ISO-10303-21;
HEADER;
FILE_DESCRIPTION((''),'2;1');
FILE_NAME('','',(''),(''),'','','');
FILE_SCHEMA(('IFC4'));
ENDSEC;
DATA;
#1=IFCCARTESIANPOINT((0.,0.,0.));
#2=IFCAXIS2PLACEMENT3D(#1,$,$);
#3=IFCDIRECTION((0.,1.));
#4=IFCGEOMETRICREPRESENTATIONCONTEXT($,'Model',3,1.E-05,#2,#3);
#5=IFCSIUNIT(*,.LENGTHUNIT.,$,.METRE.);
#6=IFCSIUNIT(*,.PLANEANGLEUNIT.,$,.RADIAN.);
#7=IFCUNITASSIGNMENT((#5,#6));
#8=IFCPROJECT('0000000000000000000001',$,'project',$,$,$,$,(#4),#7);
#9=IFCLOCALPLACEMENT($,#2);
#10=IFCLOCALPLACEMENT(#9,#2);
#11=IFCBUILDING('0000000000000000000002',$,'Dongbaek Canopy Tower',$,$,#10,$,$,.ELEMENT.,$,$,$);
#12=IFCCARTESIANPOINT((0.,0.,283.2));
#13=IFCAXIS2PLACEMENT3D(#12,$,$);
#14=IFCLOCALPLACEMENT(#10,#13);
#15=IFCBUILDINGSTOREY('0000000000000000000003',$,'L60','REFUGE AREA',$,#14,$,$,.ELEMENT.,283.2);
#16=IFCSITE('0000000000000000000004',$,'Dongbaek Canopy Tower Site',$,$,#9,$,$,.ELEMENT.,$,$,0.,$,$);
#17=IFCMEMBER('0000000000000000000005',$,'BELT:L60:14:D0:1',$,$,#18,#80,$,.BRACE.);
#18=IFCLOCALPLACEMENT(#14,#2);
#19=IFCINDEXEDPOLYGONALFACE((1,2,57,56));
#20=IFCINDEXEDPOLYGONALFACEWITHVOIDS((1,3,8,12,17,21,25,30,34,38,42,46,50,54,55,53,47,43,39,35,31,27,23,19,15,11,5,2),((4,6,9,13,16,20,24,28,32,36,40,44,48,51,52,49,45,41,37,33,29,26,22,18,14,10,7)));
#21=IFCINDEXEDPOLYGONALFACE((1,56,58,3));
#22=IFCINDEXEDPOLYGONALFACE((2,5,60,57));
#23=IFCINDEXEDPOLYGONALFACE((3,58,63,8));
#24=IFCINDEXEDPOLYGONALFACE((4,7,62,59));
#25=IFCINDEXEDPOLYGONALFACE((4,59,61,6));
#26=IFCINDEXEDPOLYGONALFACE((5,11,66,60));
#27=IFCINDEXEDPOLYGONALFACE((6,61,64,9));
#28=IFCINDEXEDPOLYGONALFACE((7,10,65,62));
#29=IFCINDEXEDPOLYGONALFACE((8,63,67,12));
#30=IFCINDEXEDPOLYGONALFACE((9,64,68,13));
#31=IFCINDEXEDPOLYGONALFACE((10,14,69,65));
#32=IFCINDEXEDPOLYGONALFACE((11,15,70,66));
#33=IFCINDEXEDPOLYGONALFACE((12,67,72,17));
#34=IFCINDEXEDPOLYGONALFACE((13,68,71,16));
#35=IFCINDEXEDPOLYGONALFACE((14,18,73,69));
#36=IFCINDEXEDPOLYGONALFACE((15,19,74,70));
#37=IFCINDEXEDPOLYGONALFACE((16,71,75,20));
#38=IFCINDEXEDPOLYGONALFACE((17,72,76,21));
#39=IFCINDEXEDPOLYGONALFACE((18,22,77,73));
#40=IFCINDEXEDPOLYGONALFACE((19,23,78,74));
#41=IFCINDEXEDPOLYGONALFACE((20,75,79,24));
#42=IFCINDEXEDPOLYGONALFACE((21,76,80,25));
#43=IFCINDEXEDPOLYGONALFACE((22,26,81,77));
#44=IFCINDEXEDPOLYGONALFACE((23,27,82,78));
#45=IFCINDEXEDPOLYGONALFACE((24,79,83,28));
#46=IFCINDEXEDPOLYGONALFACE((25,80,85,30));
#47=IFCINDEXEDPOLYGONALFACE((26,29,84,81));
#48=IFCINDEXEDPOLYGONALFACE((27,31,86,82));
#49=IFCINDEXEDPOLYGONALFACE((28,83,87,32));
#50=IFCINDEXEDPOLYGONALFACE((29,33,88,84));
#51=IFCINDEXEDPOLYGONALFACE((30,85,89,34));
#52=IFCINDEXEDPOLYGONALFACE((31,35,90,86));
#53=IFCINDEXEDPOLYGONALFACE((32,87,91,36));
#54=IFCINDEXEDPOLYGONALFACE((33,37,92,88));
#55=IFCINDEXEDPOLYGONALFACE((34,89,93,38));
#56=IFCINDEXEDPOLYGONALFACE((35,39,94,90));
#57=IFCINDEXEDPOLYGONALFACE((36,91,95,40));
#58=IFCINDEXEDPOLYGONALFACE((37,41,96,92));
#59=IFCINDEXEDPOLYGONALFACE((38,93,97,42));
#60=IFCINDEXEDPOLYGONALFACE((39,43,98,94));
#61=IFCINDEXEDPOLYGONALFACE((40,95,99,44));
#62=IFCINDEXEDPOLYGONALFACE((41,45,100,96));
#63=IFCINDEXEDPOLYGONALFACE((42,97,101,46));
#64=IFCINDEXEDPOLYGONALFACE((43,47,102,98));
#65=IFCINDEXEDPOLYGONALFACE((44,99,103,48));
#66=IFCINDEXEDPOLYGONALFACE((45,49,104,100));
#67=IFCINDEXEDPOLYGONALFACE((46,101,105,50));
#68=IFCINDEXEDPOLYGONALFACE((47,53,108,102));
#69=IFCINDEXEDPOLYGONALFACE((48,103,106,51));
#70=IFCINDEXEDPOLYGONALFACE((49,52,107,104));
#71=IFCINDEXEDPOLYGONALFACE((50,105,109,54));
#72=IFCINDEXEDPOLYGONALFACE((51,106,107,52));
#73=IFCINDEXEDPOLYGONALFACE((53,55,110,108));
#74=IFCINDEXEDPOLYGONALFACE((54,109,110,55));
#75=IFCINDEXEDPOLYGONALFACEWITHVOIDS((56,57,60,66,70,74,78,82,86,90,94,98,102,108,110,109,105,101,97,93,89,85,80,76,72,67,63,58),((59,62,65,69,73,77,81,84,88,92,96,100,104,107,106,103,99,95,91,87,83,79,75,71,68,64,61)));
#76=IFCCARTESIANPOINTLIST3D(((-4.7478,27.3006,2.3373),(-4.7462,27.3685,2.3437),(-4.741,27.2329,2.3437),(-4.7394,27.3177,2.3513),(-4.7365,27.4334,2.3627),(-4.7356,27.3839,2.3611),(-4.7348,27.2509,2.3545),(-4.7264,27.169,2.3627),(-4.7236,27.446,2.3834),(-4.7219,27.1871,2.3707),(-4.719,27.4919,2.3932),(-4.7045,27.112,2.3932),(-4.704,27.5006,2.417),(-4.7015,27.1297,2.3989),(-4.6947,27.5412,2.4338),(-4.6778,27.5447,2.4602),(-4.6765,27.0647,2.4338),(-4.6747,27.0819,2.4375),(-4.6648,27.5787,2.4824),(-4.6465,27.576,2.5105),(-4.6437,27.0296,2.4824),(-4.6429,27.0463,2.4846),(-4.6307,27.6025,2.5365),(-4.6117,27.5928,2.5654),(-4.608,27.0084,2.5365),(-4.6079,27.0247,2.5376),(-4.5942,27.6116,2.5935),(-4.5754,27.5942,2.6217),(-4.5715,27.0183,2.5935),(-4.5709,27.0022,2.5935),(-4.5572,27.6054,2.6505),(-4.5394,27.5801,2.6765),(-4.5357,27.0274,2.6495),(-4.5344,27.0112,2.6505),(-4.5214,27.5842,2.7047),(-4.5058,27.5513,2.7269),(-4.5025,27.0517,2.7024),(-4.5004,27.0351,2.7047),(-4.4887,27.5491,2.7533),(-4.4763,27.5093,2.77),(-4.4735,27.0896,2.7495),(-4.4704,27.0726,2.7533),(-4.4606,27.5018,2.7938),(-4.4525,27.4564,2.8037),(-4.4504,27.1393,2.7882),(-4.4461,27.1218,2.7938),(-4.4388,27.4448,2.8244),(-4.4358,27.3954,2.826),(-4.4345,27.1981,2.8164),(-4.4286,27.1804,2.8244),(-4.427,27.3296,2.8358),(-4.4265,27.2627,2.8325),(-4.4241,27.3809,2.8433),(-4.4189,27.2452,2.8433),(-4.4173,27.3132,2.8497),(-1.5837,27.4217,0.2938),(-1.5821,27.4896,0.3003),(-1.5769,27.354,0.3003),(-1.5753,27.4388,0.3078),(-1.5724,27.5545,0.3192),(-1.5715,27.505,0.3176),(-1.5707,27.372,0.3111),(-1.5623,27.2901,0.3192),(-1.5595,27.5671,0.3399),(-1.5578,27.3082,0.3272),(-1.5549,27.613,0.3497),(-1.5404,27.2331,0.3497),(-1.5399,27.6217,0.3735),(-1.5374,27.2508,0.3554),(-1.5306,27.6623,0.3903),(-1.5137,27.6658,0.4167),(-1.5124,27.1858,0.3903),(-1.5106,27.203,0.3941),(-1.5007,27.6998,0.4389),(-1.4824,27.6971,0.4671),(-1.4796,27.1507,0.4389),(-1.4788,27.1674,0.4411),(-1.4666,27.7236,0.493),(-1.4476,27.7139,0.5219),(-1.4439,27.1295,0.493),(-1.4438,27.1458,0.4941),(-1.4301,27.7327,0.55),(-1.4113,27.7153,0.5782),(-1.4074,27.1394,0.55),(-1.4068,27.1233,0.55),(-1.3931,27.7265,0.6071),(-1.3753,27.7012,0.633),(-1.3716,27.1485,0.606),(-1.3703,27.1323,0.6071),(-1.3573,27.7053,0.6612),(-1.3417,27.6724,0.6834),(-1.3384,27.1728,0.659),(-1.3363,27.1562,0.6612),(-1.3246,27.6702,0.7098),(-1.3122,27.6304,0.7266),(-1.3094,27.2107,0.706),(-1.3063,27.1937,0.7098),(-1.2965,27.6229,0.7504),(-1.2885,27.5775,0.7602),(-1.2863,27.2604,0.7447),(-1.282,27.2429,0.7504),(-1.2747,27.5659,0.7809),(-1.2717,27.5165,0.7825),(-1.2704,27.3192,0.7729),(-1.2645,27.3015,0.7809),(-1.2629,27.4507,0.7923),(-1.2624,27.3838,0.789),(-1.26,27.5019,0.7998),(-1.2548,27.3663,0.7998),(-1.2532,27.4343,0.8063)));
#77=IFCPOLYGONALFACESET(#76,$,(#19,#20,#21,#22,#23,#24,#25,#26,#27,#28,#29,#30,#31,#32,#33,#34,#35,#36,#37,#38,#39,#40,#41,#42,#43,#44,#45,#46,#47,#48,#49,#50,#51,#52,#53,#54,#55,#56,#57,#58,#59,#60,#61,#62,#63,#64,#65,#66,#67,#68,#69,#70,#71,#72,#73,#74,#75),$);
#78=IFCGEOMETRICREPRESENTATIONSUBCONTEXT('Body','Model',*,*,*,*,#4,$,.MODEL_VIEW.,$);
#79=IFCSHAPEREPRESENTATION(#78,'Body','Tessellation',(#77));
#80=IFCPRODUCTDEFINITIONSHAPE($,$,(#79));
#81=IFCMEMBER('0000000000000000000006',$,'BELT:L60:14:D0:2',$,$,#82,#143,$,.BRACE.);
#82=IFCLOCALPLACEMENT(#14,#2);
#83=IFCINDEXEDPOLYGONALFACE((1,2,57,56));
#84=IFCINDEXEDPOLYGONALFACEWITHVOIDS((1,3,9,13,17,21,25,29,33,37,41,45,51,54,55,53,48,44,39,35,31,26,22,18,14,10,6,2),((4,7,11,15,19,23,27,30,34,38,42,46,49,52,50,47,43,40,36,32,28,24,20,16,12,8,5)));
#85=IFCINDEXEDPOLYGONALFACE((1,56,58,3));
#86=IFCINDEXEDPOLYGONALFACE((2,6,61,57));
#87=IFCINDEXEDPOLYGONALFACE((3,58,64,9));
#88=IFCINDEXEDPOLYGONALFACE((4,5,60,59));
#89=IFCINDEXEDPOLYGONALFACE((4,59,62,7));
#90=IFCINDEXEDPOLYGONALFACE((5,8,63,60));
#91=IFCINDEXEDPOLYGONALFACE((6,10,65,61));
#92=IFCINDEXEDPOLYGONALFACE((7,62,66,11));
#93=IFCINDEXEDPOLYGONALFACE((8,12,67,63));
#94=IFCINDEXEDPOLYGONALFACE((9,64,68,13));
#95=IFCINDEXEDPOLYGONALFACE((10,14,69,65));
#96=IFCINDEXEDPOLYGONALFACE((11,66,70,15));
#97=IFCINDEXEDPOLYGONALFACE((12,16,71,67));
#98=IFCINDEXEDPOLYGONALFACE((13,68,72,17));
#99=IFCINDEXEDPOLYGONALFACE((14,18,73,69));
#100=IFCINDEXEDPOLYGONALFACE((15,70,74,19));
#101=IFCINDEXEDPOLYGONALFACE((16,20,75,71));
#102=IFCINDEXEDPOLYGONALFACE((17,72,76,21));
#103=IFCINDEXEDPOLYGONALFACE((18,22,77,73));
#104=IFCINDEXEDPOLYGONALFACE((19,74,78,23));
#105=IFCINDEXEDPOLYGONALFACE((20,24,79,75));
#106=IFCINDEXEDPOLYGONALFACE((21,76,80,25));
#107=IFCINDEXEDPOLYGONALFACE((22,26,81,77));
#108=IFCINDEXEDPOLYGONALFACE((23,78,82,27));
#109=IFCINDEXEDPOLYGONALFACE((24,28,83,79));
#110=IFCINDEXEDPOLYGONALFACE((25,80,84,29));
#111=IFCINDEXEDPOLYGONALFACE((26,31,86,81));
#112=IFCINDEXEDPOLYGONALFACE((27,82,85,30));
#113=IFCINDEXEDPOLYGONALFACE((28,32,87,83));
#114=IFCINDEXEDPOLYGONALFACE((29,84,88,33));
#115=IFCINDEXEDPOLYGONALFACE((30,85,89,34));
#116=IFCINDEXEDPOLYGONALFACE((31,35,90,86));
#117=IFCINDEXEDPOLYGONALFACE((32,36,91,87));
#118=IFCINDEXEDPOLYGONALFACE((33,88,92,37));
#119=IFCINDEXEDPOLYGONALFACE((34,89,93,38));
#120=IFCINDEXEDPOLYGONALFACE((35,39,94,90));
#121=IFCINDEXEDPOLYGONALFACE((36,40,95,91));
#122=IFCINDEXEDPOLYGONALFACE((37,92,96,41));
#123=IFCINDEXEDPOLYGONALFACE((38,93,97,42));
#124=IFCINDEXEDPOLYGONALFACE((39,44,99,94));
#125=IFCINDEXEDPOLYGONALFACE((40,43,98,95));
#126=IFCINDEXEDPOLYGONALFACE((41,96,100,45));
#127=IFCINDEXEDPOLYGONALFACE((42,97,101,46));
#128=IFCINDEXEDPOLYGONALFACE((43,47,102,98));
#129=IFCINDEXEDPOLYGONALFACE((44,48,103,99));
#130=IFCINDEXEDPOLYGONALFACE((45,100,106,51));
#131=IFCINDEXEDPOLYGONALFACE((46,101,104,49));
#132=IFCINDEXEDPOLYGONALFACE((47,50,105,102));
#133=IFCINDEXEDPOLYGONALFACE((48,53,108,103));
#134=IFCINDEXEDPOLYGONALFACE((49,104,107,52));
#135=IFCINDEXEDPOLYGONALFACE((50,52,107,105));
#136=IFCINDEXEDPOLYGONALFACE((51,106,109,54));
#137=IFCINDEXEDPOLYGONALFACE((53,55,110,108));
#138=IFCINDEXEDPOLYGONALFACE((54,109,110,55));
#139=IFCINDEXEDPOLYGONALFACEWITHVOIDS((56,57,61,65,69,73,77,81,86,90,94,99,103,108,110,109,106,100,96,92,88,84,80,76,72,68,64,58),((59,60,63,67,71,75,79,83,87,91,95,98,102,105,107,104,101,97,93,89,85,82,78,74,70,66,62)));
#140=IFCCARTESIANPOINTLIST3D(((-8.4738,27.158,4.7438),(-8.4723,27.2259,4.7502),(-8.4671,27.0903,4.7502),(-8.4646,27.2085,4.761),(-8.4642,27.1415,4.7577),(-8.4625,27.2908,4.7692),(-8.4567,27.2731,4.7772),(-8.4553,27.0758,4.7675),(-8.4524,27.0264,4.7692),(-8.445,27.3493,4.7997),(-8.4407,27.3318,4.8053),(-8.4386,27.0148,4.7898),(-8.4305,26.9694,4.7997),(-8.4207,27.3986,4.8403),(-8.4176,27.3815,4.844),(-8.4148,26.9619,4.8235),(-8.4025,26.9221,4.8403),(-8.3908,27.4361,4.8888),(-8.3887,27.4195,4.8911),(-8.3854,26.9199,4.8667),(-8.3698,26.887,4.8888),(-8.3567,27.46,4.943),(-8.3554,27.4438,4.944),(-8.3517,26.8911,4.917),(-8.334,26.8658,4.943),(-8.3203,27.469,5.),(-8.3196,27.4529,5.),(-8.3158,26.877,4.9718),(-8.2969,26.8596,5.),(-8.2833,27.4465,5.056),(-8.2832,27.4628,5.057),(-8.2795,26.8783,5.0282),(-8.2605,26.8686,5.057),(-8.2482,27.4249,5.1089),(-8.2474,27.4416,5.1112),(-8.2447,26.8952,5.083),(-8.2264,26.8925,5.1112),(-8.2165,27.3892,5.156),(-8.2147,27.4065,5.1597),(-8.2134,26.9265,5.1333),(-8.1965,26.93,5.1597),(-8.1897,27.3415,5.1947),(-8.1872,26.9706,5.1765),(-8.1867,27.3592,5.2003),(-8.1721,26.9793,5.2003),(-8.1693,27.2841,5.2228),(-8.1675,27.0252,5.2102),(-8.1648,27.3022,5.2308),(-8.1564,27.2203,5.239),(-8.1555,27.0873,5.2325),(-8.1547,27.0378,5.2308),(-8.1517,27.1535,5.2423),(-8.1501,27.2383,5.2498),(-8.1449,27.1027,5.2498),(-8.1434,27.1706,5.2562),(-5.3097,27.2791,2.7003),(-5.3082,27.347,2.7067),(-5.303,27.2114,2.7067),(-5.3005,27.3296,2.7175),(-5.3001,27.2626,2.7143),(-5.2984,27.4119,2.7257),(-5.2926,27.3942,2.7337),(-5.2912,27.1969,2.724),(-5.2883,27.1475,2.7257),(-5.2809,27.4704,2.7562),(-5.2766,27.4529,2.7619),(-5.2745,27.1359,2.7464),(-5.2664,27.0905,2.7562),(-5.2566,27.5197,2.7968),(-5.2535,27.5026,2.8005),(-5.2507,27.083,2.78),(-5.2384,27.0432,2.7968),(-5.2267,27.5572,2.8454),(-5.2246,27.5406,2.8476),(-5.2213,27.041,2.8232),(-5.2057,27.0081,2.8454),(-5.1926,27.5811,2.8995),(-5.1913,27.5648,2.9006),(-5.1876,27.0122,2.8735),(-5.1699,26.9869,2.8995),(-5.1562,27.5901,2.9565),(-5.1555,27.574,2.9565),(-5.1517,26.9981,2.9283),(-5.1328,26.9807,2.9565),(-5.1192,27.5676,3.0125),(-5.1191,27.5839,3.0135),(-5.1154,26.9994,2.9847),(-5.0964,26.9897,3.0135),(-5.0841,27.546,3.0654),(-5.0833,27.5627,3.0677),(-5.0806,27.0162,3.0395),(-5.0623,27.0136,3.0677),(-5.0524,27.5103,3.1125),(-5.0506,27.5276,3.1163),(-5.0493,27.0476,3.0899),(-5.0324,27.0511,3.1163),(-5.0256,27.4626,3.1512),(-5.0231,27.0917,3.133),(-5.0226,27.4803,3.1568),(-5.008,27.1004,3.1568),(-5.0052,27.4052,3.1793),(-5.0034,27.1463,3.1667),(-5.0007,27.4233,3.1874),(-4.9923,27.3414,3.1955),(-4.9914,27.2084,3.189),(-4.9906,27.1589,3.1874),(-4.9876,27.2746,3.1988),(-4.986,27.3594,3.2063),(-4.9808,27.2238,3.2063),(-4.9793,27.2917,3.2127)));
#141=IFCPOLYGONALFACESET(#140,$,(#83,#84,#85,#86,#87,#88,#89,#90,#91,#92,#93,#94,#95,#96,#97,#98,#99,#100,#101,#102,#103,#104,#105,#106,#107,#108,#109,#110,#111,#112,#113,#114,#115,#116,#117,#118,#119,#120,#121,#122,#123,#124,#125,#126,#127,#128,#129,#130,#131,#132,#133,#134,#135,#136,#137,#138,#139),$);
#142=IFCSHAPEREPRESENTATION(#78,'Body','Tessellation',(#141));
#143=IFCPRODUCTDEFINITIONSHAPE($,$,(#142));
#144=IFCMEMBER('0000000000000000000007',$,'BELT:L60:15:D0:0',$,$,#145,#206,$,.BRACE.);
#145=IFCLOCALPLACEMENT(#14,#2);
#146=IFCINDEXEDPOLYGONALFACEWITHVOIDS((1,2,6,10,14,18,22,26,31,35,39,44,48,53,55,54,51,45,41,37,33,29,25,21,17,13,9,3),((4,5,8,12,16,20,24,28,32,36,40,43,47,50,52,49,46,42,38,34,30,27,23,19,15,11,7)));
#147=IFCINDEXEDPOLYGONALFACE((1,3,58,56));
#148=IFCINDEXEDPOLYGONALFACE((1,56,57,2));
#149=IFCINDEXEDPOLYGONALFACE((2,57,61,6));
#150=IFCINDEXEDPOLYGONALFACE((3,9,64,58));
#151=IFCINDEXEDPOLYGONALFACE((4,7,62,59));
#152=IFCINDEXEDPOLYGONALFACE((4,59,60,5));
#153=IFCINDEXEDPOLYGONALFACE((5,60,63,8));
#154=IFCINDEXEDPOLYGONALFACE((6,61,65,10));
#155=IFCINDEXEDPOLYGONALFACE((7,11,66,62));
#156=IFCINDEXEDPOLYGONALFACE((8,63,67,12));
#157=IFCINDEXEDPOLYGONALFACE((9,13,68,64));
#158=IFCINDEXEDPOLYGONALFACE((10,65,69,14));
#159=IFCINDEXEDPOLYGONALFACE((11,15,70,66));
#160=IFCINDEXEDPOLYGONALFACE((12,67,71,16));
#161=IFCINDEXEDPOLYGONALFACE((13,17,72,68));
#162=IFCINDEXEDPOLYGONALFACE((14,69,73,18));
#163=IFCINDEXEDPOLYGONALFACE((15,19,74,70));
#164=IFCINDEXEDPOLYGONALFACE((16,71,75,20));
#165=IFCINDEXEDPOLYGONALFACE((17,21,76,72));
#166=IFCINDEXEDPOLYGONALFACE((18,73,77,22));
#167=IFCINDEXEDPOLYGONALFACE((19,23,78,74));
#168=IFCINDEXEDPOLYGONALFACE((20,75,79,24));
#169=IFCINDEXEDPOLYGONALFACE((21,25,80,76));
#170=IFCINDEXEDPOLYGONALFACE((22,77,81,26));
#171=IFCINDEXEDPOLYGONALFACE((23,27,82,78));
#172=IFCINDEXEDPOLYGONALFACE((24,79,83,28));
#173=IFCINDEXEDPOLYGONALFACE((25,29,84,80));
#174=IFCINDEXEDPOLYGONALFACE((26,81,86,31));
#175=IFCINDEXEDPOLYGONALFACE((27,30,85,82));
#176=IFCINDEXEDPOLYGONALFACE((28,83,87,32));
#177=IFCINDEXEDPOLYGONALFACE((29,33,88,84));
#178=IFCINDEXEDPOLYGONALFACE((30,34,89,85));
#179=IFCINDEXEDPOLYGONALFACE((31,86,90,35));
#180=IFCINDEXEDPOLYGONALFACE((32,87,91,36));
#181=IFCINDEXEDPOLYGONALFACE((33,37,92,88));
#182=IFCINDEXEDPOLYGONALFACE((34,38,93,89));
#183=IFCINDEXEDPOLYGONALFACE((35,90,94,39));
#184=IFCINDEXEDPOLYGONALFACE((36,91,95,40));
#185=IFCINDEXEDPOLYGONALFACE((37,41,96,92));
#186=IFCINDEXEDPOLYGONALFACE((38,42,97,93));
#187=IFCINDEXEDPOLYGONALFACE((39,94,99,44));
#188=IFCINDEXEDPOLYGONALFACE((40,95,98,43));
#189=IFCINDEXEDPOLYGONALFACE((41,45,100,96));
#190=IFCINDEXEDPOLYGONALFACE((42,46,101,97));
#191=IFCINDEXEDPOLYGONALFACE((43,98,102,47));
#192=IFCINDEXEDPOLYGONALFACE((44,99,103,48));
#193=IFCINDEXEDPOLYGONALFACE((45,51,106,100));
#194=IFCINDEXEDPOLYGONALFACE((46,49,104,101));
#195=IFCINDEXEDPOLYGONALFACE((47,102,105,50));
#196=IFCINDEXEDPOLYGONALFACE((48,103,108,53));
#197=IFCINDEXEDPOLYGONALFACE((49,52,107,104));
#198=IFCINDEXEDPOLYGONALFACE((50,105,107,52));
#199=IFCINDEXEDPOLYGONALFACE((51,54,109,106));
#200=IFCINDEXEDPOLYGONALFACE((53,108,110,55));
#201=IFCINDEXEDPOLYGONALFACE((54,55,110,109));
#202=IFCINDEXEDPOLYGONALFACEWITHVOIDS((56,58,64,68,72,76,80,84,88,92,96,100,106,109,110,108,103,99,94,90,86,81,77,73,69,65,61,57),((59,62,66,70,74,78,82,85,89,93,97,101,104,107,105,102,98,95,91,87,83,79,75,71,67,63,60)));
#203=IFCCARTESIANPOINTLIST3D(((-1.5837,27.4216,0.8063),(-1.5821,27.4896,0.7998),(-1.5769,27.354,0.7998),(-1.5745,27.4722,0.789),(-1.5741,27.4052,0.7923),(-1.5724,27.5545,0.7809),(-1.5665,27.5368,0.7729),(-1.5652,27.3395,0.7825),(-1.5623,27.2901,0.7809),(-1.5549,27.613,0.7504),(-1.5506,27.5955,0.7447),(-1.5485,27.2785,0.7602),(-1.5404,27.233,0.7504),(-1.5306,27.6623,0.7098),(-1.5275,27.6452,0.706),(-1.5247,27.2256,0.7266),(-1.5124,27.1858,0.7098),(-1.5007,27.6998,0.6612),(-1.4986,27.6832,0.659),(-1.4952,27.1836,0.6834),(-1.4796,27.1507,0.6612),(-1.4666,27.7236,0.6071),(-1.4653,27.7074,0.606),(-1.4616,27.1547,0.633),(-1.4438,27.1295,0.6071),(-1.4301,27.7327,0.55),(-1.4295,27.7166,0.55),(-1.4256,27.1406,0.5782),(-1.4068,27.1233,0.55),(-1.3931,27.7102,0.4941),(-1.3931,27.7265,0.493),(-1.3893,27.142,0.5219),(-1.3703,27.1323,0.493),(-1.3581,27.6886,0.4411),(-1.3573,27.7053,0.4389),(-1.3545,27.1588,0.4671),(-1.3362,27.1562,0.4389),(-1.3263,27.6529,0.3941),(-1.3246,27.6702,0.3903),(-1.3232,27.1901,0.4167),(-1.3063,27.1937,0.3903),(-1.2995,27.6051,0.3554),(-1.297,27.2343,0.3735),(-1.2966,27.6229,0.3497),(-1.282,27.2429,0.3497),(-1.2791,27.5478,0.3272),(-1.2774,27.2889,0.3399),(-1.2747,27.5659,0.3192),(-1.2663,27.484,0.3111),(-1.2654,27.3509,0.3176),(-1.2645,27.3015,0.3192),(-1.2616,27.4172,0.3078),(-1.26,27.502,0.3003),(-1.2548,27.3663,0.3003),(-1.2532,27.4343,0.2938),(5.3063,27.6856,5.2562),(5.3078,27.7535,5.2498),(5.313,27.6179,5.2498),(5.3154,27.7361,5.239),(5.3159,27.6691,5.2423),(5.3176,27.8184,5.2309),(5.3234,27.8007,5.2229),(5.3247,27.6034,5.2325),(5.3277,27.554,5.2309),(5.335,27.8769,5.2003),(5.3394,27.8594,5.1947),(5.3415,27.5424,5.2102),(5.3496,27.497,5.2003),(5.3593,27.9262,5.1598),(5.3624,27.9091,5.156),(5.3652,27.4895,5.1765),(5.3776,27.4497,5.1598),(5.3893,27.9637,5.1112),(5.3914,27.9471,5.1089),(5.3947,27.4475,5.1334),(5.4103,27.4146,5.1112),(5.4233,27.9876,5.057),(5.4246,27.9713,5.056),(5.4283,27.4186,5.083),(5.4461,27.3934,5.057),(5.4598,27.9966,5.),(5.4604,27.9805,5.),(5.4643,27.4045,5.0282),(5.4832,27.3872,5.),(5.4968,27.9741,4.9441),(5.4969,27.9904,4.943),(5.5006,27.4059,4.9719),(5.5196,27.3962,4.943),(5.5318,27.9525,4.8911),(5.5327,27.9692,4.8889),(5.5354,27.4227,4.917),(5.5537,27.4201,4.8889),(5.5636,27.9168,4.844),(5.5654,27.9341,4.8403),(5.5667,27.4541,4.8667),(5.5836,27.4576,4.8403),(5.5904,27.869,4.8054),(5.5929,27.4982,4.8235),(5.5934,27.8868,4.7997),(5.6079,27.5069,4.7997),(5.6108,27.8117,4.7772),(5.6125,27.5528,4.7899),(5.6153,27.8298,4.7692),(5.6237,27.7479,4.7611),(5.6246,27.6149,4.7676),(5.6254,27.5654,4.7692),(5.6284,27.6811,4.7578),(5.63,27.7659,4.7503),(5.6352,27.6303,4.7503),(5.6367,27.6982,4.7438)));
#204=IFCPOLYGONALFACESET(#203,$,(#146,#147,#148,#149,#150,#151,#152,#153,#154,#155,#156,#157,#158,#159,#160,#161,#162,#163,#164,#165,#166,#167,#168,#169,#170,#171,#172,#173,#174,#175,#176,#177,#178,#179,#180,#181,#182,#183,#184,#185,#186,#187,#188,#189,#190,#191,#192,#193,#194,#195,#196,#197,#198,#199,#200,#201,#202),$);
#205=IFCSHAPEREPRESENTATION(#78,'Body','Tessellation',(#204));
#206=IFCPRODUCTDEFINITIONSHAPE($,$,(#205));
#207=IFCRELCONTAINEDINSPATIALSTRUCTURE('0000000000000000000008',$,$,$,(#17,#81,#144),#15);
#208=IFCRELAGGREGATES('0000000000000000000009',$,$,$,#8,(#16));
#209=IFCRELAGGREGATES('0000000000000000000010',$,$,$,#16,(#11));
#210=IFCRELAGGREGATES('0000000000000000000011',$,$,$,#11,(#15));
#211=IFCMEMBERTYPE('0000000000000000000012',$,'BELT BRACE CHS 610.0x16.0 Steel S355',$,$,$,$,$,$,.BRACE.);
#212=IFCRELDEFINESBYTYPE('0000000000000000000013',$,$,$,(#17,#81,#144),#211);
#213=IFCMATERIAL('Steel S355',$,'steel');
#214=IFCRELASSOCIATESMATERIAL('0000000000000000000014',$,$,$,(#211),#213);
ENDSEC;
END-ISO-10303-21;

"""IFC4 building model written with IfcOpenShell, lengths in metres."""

from ifc_helpers import new_model, si_unit, direction, frame, origin, origin_2d, place, context, subcontext, project, spatial, hollow_circle, extrude, material, material_profile, profile_set, type_object, element, save


model = new_model("IFC4")

# Units and contexts
model_context = context("Model", 3, precision=1e-05, world=origin(), true_north=direction((0.0, 1.0)))
body_context = subcontext(model_context, "Body", "Model", "MODEL_VIEW")
ifc_project = project(units=[si_unit("LENGTHUNIT", "METRE"), si_unit("PLANEANGLEUNIT", "RADIAN")], contexts=[model_context])

# Site, building, storey
site_placement = place(None, origin())
site = spatial("IfcSite", under=ifc_project, at=site_placement, Name="Dongbaek Canopy Tower Site", CompositionType="ELEMENT", RefElevation=0.0)
building_placement = place(site_placement, origin())
building = spatial("IfcBuilding", under=site, at=building_placement, Name="Dongbaek Canopy Tower", CompositionType="ELEMENT")
storey_placement = place(building_placement, frame((0.0, 0.0, 283.2)))
storey = spatial("IfcBuildingStorey", under=building, at=storey_placement, Name="L60", Description="REFUGE AREA", CompositionType="ELEMENT", Elevation=283.2)

# Members
ifc_material_1 = material(Name="Steel S355", Category="steel")
ifc_material_profile_1 = material_profile(ifc_material_1, hollow_circle(Radius=0.3049, WallThickness=0.0161, at=origin_2d()), Name="BELT BRACE CHS 610.0x16.0 Steel S355")
ifc_profile_set_1 = profile_set([ifc_material_profile_1], Name="Steel S355")
member_type_1 = type_object("IfcMemberType", Name="BELT BRACE CHS 610.0x16.0 Steel S355", PredefinedType="BRACE", material=ifc_profile_set_1)
for number, where, z_axis, x_axis, name in (
    (1, (-1.4185, 27.428, 0.55), (-0.839606, -0.032133, 0.542245), (0.038244, -0.999268, 0.0), "BELT:L60:14:D0:1"),
    (2, (-8.3086, 27.1643, 5.0), (0.839606, 0.032133, -0.542245), (-0.038244, 0.999268, 0.0), "BELT:L60:14:D0:2"),
):
    element("IfcMember", number, at=place(storey_placement, frame(where, z_axis=z_axis, x_axis=x_axis)), inside=storey, type_object=member_type_1, Name=name, PredefinedType="BRACE", context=body_context, shape_type="SweptSolid", body=[
        extrude(hollow_circle(Radius=0.3049, WallThickness=0.0161, at=origin_2d()), origin(), (0.0, 0.0, 1.0), 3.7686),
    ])
member_1_placement = place(storey_placement, frame((-1.4185, 27.428, 0.55), z_axis=(0.839592, 0.03216, 0.542264), x_axis=(-0.038277, 0.999267, 0.0)))
element("IfcMember", 3, at=member_1_placement, inside=storey, type_object=member_type_1, Name="BELT:L60:15:D0:0", PredefinedType="BRACE", context=body_context, shape_type="SweptSolid", body=[
    extrude(hollow_circle(Radius=0.3049, WallThickness=0.0161, at=origin_2d()), origin(), (0.0, 0.0, 1.0), 8.2063),
])

save(model, "model.ifc")
